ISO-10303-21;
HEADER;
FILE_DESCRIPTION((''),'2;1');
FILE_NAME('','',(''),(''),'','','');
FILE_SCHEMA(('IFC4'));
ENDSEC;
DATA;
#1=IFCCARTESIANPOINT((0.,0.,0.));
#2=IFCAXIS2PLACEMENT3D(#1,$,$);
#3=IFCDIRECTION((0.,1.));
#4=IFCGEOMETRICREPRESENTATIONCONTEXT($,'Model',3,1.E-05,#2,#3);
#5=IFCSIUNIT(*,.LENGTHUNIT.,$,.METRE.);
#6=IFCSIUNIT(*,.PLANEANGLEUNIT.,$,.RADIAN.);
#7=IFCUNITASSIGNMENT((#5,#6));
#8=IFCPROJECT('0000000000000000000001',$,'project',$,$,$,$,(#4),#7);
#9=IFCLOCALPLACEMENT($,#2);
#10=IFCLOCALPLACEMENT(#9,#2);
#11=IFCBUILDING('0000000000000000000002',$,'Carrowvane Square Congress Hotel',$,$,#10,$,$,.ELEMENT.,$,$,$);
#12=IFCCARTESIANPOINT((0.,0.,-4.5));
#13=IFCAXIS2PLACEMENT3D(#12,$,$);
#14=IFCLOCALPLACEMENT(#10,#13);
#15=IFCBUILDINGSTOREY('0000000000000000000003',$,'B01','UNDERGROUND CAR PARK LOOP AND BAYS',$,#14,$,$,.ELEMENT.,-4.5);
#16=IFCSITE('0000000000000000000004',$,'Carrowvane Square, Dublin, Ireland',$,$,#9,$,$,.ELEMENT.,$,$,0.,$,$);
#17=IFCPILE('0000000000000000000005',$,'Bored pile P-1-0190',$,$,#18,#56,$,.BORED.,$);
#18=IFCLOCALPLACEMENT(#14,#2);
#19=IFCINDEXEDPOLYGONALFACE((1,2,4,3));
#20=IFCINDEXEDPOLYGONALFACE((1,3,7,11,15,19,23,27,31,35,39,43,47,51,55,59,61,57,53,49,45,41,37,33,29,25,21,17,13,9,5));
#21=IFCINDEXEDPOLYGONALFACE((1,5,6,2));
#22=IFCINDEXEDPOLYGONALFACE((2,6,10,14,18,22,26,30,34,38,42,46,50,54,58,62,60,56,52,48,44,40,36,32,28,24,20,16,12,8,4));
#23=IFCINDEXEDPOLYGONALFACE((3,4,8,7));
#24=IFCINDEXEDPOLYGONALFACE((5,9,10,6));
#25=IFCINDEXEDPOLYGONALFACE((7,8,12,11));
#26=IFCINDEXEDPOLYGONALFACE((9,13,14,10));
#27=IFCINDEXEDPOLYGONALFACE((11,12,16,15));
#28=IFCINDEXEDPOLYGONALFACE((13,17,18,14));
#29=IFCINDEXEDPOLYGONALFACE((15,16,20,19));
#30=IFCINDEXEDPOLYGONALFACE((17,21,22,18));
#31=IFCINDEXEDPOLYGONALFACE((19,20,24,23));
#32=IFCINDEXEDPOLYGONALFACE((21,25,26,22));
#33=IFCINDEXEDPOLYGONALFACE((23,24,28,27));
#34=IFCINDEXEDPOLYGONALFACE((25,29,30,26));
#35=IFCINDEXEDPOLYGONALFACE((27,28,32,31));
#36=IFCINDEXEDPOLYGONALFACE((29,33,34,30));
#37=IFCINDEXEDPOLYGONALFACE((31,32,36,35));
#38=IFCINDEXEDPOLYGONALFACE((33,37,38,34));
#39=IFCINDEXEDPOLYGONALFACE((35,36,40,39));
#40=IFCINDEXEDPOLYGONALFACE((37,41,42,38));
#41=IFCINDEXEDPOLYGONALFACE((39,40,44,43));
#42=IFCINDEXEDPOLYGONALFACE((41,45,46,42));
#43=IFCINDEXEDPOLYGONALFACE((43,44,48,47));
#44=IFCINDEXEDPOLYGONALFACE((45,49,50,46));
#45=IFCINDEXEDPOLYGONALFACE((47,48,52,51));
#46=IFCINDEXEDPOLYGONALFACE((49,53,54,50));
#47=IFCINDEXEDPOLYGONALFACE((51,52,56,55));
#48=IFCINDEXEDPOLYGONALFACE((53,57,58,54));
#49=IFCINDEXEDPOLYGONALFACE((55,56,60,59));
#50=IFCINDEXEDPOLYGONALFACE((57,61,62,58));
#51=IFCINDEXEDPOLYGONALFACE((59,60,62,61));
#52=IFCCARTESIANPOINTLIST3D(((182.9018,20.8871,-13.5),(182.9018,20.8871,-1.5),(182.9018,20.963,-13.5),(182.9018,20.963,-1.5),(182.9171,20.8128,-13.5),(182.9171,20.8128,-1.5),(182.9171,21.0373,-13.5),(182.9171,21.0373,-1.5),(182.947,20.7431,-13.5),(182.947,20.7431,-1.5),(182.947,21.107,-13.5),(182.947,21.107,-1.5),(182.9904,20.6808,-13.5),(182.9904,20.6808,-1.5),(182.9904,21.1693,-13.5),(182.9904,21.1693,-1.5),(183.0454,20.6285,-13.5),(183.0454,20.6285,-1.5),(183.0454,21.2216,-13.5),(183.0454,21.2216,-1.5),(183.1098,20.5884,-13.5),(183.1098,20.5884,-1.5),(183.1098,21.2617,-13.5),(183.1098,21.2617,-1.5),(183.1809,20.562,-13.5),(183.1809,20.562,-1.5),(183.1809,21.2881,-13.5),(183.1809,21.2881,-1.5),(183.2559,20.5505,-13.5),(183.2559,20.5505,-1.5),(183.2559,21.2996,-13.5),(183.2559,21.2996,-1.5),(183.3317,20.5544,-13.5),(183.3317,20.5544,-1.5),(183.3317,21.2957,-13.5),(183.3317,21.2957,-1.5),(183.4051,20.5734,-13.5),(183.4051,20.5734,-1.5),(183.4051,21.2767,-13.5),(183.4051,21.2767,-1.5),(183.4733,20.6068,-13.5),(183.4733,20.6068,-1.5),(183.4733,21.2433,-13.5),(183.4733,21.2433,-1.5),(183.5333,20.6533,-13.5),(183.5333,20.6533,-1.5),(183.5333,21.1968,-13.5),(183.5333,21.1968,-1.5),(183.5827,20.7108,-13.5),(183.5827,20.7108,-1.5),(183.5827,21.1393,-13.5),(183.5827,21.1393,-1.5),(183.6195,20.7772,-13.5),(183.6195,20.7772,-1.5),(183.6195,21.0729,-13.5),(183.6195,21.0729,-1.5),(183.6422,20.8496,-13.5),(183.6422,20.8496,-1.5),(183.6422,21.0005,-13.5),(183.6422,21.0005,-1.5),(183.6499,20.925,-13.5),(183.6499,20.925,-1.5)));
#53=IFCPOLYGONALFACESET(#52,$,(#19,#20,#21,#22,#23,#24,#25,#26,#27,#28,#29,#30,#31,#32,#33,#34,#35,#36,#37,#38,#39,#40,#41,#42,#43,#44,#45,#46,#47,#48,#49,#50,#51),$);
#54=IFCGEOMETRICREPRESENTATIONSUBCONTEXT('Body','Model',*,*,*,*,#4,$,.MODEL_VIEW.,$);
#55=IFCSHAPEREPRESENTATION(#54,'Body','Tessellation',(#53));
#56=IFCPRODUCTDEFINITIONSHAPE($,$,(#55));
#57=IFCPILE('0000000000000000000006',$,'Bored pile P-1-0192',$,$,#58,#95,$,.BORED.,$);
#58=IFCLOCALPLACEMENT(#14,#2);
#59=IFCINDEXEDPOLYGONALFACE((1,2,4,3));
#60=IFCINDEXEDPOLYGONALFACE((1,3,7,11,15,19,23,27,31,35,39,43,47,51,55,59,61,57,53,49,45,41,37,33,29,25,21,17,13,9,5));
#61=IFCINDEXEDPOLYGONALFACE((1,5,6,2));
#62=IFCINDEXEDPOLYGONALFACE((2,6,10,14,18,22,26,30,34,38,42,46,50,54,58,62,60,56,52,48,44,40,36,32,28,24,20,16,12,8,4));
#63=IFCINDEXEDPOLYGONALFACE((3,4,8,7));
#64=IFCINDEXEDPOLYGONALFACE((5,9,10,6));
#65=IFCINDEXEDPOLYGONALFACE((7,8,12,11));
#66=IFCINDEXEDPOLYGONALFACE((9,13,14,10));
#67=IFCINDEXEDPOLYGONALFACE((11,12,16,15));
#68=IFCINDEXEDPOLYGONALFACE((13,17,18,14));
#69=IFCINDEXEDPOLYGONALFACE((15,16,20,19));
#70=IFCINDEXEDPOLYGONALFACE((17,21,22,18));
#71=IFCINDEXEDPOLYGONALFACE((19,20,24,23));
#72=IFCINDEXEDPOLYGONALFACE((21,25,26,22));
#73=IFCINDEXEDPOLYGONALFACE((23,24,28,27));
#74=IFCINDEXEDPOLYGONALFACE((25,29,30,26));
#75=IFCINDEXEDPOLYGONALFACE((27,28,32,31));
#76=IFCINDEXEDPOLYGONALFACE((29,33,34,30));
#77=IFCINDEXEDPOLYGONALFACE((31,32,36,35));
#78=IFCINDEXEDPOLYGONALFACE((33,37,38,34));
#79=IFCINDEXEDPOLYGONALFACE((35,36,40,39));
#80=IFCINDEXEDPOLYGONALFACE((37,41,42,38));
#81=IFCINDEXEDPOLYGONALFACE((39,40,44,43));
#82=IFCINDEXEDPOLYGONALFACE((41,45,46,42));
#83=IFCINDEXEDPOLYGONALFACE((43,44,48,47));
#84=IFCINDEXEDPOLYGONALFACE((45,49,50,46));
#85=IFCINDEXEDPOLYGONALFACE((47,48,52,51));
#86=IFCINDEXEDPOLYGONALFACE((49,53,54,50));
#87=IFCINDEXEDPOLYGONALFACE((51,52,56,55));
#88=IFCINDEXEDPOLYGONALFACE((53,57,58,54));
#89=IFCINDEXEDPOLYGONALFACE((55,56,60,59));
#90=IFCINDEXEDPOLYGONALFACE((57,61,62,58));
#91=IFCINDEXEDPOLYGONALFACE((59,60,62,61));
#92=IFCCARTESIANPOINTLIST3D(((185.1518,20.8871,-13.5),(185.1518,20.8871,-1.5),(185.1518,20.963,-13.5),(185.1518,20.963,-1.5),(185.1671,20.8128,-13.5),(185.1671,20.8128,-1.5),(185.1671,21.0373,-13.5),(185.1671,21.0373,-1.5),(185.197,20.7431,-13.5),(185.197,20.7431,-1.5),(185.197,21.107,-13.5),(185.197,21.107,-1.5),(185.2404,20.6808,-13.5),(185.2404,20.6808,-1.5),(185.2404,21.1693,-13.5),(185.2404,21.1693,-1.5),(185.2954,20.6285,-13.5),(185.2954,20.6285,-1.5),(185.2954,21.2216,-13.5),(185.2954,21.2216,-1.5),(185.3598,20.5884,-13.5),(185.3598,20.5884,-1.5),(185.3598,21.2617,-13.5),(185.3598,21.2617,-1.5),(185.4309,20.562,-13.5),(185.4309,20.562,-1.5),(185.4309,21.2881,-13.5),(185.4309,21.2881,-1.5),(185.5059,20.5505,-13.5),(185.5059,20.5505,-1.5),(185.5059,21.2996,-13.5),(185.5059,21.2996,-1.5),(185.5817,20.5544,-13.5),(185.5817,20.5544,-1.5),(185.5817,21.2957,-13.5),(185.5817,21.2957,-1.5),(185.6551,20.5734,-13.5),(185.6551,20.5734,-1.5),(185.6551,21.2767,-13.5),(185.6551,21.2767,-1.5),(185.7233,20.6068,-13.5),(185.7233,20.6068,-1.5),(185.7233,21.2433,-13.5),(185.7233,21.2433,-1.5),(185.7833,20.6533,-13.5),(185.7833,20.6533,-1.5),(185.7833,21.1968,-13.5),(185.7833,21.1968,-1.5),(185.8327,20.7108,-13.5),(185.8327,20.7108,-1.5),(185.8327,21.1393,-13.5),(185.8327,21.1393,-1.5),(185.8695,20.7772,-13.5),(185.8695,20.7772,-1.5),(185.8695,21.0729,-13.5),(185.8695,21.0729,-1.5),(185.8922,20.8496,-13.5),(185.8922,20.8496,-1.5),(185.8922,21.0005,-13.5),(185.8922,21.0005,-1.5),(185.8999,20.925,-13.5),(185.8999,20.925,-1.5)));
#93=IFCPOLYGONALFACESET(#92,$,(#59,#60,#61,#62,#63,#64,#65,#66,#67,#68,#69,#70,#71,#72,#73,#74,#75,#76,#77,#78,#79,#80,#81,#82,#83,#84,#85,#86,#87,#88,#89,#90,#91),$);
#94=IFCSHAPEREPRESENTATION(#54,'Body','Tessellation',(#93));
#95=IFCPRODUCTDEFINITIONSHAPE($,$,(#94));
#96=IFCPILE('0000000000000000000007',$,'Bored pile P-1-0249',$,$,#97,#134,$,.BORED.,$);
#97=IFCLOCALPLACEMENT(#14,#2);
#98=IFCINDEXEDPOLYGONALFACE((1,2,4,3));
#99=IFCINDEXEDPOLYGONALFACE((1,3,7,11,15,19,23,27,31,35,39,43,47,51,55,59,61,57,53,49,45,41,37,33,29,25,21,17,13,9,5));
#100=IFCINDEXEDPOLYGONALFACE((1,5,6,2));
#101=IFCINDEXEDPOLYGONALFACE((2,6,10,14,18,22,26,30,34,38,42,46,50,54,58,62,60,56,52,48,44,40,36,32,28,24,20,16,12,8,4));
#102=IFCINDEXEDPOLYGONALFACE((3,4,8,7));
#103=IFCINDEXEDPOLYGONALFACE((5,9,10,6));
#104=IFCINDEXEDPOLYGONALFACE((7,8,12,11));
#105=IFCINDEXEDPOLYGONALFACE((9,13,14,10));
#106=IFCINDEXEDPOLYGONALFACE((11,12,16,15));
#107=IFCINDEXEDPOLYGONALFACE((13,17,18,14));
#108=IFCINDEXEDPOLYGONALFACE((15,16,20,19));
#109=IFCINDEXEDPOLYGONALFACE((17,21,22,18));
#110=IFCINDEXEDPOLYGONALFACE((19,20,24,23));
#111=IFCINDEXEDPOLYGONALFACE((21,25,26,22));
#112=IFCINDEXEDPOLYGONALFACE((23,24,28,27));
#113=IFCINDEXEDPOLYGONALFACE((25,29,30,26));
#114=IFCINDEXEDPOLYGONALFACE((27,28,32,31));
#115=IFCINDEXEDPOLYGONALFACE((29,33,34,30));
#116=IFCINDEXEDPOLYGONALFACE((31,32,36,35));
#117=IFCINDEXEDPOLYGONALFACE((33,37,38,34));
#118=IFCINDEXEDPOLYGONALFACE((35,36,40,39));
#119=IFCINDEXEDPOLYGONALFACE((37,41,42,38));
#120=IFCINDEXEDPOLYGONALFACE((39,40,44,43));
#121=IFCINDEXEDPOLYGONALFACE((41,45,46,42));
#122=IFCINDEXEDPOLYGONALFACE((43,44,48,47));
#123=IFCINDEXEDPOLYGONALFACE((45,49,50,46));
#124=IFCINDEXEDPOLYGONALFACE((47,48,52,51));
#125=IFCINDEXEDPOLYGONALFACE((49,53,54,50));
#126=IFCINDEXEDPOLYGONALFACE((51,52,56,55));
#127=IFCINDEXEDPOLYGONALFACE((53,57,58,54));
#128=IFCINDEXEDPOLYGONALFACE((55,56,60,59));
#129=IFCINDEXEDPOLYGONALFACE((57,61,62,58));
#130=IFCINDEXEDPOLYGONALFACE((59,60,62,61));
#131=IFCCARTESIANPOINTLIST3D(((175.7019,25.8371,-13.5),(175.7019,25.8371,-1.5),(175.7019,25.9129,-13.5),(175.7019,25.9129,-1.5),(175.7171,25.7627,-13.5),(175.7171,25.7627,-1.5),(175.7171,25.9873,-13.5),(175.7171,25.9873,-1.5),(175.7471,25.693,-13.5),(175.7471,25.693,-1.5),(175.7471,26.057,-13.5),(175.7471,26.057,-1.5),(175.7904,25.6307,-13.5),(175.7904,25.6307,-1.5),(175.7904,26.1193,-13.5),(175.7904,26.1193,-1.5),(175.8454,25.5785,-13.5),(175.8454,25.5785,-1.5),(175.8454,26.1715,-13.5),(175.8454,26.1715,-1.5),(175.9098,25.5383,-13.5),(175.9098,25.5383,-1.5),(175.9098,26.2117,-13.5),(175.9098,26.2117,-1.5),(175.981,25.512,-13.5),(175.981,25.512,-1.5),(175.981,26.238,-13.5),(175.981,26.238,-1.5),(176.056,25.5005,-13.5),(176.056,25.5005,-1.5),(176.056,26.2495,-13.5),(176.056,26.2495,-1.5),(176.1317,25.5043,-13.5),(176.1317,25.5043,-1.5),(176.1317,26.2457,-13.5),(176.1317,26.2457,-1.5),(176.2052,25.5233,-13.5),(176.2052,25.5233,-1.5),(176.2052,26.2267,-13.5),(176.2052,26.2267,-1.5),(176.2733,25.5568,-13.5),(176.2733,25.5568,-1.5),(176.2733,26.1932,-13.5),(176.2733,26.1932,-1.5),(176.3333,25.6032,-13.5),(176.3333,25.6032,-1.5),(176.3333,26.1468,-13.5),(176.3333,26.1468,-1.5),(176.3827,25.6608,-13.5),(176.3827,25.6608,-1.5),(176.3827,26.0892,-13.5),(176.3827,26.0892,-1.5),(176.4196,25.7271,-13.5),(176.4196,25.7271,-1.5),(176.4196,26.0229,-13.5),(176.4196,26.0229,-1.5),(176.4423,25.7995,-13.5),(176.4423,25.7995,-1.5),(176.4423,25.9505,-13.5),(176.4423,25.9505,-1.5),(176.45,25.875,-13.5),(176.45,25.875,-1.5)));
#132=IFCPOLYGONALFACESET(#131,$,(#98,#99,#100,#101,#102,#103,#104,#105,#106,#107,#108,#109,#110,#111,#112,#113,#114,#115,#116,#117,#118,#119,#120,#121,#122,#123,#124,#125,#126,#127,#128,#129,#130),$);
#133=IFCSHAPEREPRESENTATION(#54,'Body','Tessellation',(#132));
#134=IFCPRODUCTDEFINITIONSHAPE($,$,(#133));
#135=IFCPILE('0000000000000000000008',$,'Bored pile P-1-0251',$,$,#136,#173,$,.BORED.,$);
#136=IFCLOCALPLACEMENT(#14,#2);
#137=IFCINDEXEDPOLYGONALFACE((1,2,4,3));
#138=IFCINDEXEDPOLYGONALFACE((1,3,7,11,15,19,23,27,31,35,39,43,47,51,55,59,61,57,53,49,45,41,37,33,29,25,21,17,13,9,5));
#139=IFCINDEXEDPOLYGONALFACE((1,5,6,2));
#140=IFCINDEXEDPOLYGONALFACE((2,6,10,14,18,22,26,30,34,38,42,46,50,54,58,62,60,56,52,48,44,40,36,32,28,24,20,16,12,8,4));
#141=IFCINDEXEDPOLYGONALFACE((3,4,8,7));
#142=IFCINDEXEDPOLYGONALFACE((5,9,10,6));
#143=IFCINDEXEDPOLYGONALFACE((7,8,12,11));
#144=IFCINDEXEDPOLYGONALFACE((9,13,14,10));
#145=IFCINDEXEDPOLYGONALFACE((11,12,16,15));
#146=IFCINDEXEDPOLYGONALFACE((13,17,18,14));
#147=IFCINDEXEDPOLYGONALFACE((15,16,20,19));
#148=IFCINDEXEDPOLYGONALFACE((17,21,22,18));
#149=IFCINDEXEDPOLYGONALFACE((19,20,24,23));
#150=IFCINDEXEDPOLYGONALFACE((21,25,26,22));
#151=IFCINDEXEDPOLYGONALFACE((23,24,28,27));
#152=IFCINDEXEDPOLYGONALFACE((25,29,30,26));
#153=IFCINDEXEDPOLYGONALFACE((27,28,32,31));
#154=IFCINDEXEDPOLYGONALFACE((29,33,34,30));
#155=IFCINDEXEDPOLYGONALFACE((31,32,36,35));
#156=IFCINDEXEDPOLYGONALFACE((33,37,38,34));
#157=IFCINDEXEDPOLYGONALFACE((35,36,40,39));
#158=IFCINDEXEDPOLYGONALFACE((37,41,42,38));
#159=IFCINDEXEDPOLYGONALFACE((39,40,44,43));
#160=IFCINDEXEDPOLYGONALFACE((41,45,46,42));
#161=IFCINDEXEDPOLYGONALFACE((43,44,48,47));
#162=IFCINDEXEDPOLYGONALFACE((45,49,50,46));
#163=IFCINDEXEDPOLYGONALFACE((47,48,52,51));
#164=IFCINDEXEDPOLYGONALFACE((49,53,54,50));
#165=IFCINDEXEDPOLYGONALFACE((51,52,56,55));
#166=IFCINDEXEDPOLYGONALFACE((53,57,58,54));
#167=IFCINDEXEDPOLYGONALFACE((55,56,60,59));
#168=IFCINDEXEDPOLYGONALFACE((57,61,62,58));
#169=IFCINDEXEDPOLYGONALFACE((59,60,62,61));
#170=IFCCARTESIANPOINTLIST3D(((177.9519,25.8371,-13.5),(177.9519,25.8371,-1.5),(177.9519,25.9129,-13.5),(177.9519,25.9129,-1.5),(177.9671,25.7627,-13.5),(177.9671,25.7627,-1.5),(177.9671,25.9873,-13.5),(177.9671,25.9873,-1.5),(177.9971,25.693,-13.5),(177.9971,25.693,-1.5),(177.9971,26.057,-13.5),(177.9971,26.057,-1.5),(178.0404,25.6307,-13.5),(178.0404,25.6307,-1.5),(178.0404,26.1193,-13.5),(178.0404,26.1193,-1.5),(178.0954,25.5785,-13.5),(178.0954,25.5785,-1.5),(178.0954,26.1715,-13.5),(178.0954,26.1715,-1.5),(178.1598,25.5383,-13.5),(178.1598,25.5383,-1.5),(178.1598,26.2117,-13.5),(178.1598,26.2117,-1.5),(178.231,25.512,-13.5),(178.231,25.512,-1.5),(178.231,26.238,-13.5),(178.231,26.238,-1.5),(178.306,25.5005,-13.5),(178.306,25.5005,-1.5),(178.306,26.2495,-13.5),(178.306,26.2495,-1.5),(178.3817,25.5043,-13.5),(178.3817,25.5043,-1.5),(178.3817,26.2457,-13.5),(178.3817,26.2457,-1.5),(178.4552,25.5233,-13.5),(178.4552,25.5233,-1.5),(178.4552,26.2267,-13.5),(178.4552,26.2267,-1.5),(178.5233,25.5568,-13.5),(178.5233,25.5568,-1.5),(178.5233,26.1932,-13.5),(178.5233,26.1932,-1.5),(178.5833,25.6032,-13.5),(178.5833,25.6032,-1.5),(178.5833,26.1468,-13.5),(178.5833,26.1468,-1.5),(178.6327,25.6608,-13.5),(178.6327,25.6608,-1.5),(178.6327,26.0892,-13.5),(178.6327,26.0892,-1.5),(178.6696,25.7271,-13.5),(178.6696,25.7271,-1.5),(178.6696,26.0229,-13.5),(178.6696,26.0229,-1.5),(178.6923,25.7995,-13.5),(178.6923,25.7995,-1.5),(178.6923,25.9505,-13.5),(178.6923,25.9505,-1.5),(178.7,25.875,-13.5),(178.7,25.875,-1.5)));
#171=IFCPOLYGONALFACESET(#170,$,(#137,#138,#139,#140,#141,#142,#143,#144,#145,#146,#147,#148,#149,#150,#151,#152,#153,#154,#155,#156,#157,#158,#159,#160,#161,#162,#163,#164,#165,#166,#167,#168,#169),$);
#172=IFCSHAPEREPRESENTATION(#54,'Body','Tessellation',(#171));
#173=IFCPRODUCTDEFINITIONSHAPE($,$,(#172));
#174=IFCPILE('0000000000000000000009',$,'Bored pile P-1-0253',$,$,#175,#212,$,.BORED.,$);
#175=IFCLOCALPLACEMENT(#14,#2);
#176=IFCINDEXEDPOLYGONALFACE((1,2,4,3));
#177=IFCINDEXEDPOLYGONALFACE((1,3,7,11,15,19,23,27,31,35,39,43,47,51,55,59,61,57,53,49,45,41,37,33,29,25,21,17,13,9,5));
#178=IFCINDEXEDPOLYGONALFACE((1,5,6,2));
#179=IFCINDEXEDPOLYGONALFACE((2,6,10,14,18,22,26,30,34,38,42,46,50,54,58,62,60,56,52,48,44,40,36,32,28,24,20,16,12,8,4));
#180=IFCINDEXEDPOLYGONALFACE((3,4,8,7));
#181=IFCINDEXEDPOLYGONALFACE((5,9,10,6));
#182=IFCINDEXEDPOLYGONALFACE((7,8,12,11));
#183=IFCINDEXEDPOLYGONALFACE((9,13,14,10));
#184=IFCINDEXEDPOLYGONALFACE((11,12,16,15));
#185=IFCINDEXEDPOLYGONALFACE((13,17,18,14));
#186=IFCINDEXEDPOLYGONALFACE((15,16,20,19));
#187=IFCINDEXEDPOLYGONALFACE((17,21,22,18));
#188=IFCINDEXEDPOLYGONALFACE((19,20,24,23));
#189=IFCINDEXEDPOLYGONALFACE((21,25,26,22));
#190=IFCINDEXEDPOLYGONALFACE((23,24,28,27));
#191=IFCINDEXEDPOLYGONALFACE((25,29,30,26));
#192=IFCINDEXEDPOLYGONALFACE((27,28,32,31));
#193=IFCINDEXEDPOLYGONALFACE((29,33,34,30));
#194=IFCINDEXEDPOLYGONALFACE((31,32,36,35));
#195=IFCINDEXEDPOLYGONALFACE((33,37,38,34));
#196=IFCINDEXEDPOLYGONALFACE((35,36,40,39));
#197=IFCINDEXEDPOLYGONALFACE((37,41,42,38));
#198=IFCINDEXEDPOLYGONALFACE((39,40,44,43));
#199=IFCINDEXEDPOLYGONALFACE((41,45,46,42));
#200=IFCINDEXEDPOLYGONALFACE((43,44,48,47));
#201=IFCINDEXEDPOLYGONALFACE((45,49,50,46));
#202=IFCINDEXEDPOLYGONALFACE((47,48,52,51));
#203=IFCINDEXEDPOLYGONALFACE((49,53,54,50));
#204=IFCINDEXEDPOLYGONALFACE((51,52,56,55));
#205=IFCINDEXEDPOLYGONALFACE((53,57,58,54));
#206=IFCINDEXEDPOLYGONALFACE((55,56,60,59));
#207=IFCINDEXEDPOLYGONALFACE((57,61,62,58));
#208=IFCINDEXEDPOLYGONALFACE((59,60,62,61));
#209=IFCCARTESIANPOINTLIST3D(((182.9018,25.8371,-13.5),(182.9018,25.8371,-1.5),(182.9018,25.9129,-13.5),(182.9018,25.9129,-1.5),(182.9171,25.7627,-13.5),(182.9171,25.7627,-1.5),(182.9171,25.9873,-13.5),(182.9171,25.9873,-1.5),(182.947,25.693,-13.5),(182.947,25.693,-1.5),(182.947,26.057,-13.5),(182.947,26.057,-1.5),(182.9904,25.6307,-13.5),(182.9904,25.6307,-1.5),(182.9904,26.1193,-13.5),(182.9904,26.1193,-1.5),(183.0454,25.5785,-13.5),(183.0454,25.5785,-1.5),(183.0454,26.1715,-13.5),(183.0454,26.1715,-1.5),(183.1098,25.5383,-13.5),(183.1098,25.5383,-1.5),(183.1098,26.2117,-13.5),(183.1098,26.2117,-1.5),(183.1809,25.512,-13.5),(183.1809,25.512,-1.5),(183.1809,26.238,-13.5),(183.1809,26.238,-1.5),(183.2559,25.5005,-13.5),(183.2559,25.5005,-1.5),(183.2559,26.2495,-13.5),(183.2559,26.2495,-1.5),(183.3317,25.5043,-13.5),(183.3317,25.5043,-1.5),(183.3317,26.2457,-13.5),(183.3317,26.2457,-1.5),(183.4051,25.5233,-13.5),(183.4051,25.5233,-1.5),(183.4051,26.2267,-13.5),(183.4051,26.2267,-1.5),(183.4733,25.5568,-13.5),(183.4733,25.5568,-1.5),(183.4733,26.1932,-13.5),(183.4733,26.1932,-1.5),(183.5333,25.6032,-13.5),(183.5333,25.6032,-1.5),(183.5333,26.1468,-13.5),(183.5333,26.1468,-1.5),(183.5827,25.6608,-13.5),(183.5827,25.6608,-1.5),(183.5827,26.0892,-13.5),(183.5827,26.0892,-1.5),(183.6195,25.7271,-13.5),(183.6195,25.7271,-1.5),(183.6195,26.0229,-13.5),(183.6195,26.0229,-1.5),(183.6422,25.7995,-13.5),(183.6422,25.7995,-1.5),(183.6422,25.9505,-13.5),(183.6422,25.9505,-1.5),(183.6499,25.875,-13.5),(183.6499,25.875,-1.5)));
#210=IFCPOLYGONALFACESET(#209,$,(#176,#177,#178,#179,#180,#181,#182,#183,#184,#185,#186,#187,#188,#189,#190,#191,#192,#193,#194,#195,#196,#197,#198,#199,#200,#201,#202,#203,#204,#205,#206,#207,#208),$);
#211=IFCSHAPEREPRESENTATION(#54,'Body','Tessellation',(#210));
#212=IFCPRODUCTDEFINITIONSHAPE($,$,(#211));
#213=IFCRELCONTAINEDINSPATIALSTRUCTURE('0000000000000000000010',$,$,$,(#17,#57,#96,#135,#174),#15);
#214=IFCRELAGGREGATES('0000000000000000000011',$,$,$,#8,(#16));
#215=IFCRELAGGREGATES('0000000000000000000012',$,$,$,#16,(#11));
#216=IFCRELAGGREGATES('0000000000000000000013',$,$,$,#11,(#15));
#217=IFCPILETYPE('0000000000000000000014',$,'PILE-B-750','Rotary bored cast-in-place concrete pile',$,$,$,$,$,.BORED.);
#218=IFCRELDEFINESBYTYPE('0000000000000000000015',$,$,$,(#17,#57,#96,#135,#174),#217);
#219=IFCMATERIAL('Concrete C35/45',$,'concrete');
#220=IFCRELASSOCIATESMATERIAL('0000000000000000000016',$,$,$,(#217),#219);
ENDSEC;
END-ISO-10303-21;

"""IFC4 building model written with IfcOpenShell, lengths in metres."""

from ifc_helpers import new_model, si_unit, direction, frame, origin, origin_2d, place, context, subcontext, project, spatial, circle, extrude, material, material_profile, profile_set, type_object, element, save


model = new_model("IFC4")

# Units and contexts
model_context = context("Model", 3, precision=1e-05, world=origin(), true_north=direction((0.0, 1.0)))
body_context = subcontext(model_context, "Body", "Model", "MODEL_VIEW")
ifc_project = project(units=[si_unit("LENGTHUNIT", "METRE"), si_unit("PLANEANGLEUNIT", "RADIAN")], contexts=[model_context])

# Site, building, storey
site_placement = place(None, origin())
site = spatial("IfcSite", under=ifc_project, at=site_placement, Name="Carrowvane Square, Dublin, Ireland", CompositionType="ELEMENT", RefElevation=0.0)
building_placement = place(site_placement, origin())
building = spatial("IfcBuilding", under=site, at=building_placement, Name="Carrowvane Square Congress Hotel", CompositionType="ELEMENT")
storey_placement = place(building_placement, frame((0.0, 0.0, -4.5)))
storey = spatial("IfcBuildingStorey", under=building, at=storey_placement, Name="B01", Description="UNDERGROUND CAR PARK LOOP AND BAYS", CompositionType="ELEMENT", Elevation=-4.5)

# Piles
ifc_material_1 = material(Name="Concrete C35/45", Category="concrete")
ifc_material_profile_1 = material_profile(ifc_material_1, circle(Radius=0.375, at=origin_2d()), Name="PILE D750")
ifc_profile_set_1 = profile_set([ifc_material_profile_1], Name="Concrete C35/45")
pile_type = type_object("IfcPileType", Name="PILE-B-750", Description="Rotary bored cast-in-place concrete pile", PredefinedType="BORED", material=ifc_profile_set_1)
for number, where, z_axis, x_axis, name in (
    (1, (183.2749, 20.925, -1.5), (0.0, 0.0, -1.0), (1.0, 0.0, 0.0), "Bored pile P-1-0190"),
    (2, (185.5249, 20.925, -1.5), (0.0, 0.0, -1.0), (1.0, 0.0, 0.0), "Bored pile P-1-0192"),
    (3, (176.075, 25.875, -1.5), (0.0, 0.0, -1.0), (1.0, 0.0, 0.0), "Bored pile P-1-0249"),
    (4, (178.325, 25.875, -1.5), (0.0, 0.0, -1.0), (1.0, 0.0, 0.0), "Bored pile P-1-0251"),
    (5, (183.2749, 25.875, -1.5), (0.0, 0.0, -1.0), (1.0, 0.0, 0.0), "Bored pile P-1-0253"),
):
    element("IfcPile", number, at=place(storey_placement, frame(where, z_axis=z_axis, x_axis=x_axis)), inside=storey, type_object=pile_type, Name=name, PredefinedType="BORED", context=body_context, shape_type="SweptSolid", body=[
        extrude(circle(Radius=0.375, at=origin_2d()), origin(), (0.0, 0.0, 1.0), 12.0),
    ])

save(model, "model.ifc")
